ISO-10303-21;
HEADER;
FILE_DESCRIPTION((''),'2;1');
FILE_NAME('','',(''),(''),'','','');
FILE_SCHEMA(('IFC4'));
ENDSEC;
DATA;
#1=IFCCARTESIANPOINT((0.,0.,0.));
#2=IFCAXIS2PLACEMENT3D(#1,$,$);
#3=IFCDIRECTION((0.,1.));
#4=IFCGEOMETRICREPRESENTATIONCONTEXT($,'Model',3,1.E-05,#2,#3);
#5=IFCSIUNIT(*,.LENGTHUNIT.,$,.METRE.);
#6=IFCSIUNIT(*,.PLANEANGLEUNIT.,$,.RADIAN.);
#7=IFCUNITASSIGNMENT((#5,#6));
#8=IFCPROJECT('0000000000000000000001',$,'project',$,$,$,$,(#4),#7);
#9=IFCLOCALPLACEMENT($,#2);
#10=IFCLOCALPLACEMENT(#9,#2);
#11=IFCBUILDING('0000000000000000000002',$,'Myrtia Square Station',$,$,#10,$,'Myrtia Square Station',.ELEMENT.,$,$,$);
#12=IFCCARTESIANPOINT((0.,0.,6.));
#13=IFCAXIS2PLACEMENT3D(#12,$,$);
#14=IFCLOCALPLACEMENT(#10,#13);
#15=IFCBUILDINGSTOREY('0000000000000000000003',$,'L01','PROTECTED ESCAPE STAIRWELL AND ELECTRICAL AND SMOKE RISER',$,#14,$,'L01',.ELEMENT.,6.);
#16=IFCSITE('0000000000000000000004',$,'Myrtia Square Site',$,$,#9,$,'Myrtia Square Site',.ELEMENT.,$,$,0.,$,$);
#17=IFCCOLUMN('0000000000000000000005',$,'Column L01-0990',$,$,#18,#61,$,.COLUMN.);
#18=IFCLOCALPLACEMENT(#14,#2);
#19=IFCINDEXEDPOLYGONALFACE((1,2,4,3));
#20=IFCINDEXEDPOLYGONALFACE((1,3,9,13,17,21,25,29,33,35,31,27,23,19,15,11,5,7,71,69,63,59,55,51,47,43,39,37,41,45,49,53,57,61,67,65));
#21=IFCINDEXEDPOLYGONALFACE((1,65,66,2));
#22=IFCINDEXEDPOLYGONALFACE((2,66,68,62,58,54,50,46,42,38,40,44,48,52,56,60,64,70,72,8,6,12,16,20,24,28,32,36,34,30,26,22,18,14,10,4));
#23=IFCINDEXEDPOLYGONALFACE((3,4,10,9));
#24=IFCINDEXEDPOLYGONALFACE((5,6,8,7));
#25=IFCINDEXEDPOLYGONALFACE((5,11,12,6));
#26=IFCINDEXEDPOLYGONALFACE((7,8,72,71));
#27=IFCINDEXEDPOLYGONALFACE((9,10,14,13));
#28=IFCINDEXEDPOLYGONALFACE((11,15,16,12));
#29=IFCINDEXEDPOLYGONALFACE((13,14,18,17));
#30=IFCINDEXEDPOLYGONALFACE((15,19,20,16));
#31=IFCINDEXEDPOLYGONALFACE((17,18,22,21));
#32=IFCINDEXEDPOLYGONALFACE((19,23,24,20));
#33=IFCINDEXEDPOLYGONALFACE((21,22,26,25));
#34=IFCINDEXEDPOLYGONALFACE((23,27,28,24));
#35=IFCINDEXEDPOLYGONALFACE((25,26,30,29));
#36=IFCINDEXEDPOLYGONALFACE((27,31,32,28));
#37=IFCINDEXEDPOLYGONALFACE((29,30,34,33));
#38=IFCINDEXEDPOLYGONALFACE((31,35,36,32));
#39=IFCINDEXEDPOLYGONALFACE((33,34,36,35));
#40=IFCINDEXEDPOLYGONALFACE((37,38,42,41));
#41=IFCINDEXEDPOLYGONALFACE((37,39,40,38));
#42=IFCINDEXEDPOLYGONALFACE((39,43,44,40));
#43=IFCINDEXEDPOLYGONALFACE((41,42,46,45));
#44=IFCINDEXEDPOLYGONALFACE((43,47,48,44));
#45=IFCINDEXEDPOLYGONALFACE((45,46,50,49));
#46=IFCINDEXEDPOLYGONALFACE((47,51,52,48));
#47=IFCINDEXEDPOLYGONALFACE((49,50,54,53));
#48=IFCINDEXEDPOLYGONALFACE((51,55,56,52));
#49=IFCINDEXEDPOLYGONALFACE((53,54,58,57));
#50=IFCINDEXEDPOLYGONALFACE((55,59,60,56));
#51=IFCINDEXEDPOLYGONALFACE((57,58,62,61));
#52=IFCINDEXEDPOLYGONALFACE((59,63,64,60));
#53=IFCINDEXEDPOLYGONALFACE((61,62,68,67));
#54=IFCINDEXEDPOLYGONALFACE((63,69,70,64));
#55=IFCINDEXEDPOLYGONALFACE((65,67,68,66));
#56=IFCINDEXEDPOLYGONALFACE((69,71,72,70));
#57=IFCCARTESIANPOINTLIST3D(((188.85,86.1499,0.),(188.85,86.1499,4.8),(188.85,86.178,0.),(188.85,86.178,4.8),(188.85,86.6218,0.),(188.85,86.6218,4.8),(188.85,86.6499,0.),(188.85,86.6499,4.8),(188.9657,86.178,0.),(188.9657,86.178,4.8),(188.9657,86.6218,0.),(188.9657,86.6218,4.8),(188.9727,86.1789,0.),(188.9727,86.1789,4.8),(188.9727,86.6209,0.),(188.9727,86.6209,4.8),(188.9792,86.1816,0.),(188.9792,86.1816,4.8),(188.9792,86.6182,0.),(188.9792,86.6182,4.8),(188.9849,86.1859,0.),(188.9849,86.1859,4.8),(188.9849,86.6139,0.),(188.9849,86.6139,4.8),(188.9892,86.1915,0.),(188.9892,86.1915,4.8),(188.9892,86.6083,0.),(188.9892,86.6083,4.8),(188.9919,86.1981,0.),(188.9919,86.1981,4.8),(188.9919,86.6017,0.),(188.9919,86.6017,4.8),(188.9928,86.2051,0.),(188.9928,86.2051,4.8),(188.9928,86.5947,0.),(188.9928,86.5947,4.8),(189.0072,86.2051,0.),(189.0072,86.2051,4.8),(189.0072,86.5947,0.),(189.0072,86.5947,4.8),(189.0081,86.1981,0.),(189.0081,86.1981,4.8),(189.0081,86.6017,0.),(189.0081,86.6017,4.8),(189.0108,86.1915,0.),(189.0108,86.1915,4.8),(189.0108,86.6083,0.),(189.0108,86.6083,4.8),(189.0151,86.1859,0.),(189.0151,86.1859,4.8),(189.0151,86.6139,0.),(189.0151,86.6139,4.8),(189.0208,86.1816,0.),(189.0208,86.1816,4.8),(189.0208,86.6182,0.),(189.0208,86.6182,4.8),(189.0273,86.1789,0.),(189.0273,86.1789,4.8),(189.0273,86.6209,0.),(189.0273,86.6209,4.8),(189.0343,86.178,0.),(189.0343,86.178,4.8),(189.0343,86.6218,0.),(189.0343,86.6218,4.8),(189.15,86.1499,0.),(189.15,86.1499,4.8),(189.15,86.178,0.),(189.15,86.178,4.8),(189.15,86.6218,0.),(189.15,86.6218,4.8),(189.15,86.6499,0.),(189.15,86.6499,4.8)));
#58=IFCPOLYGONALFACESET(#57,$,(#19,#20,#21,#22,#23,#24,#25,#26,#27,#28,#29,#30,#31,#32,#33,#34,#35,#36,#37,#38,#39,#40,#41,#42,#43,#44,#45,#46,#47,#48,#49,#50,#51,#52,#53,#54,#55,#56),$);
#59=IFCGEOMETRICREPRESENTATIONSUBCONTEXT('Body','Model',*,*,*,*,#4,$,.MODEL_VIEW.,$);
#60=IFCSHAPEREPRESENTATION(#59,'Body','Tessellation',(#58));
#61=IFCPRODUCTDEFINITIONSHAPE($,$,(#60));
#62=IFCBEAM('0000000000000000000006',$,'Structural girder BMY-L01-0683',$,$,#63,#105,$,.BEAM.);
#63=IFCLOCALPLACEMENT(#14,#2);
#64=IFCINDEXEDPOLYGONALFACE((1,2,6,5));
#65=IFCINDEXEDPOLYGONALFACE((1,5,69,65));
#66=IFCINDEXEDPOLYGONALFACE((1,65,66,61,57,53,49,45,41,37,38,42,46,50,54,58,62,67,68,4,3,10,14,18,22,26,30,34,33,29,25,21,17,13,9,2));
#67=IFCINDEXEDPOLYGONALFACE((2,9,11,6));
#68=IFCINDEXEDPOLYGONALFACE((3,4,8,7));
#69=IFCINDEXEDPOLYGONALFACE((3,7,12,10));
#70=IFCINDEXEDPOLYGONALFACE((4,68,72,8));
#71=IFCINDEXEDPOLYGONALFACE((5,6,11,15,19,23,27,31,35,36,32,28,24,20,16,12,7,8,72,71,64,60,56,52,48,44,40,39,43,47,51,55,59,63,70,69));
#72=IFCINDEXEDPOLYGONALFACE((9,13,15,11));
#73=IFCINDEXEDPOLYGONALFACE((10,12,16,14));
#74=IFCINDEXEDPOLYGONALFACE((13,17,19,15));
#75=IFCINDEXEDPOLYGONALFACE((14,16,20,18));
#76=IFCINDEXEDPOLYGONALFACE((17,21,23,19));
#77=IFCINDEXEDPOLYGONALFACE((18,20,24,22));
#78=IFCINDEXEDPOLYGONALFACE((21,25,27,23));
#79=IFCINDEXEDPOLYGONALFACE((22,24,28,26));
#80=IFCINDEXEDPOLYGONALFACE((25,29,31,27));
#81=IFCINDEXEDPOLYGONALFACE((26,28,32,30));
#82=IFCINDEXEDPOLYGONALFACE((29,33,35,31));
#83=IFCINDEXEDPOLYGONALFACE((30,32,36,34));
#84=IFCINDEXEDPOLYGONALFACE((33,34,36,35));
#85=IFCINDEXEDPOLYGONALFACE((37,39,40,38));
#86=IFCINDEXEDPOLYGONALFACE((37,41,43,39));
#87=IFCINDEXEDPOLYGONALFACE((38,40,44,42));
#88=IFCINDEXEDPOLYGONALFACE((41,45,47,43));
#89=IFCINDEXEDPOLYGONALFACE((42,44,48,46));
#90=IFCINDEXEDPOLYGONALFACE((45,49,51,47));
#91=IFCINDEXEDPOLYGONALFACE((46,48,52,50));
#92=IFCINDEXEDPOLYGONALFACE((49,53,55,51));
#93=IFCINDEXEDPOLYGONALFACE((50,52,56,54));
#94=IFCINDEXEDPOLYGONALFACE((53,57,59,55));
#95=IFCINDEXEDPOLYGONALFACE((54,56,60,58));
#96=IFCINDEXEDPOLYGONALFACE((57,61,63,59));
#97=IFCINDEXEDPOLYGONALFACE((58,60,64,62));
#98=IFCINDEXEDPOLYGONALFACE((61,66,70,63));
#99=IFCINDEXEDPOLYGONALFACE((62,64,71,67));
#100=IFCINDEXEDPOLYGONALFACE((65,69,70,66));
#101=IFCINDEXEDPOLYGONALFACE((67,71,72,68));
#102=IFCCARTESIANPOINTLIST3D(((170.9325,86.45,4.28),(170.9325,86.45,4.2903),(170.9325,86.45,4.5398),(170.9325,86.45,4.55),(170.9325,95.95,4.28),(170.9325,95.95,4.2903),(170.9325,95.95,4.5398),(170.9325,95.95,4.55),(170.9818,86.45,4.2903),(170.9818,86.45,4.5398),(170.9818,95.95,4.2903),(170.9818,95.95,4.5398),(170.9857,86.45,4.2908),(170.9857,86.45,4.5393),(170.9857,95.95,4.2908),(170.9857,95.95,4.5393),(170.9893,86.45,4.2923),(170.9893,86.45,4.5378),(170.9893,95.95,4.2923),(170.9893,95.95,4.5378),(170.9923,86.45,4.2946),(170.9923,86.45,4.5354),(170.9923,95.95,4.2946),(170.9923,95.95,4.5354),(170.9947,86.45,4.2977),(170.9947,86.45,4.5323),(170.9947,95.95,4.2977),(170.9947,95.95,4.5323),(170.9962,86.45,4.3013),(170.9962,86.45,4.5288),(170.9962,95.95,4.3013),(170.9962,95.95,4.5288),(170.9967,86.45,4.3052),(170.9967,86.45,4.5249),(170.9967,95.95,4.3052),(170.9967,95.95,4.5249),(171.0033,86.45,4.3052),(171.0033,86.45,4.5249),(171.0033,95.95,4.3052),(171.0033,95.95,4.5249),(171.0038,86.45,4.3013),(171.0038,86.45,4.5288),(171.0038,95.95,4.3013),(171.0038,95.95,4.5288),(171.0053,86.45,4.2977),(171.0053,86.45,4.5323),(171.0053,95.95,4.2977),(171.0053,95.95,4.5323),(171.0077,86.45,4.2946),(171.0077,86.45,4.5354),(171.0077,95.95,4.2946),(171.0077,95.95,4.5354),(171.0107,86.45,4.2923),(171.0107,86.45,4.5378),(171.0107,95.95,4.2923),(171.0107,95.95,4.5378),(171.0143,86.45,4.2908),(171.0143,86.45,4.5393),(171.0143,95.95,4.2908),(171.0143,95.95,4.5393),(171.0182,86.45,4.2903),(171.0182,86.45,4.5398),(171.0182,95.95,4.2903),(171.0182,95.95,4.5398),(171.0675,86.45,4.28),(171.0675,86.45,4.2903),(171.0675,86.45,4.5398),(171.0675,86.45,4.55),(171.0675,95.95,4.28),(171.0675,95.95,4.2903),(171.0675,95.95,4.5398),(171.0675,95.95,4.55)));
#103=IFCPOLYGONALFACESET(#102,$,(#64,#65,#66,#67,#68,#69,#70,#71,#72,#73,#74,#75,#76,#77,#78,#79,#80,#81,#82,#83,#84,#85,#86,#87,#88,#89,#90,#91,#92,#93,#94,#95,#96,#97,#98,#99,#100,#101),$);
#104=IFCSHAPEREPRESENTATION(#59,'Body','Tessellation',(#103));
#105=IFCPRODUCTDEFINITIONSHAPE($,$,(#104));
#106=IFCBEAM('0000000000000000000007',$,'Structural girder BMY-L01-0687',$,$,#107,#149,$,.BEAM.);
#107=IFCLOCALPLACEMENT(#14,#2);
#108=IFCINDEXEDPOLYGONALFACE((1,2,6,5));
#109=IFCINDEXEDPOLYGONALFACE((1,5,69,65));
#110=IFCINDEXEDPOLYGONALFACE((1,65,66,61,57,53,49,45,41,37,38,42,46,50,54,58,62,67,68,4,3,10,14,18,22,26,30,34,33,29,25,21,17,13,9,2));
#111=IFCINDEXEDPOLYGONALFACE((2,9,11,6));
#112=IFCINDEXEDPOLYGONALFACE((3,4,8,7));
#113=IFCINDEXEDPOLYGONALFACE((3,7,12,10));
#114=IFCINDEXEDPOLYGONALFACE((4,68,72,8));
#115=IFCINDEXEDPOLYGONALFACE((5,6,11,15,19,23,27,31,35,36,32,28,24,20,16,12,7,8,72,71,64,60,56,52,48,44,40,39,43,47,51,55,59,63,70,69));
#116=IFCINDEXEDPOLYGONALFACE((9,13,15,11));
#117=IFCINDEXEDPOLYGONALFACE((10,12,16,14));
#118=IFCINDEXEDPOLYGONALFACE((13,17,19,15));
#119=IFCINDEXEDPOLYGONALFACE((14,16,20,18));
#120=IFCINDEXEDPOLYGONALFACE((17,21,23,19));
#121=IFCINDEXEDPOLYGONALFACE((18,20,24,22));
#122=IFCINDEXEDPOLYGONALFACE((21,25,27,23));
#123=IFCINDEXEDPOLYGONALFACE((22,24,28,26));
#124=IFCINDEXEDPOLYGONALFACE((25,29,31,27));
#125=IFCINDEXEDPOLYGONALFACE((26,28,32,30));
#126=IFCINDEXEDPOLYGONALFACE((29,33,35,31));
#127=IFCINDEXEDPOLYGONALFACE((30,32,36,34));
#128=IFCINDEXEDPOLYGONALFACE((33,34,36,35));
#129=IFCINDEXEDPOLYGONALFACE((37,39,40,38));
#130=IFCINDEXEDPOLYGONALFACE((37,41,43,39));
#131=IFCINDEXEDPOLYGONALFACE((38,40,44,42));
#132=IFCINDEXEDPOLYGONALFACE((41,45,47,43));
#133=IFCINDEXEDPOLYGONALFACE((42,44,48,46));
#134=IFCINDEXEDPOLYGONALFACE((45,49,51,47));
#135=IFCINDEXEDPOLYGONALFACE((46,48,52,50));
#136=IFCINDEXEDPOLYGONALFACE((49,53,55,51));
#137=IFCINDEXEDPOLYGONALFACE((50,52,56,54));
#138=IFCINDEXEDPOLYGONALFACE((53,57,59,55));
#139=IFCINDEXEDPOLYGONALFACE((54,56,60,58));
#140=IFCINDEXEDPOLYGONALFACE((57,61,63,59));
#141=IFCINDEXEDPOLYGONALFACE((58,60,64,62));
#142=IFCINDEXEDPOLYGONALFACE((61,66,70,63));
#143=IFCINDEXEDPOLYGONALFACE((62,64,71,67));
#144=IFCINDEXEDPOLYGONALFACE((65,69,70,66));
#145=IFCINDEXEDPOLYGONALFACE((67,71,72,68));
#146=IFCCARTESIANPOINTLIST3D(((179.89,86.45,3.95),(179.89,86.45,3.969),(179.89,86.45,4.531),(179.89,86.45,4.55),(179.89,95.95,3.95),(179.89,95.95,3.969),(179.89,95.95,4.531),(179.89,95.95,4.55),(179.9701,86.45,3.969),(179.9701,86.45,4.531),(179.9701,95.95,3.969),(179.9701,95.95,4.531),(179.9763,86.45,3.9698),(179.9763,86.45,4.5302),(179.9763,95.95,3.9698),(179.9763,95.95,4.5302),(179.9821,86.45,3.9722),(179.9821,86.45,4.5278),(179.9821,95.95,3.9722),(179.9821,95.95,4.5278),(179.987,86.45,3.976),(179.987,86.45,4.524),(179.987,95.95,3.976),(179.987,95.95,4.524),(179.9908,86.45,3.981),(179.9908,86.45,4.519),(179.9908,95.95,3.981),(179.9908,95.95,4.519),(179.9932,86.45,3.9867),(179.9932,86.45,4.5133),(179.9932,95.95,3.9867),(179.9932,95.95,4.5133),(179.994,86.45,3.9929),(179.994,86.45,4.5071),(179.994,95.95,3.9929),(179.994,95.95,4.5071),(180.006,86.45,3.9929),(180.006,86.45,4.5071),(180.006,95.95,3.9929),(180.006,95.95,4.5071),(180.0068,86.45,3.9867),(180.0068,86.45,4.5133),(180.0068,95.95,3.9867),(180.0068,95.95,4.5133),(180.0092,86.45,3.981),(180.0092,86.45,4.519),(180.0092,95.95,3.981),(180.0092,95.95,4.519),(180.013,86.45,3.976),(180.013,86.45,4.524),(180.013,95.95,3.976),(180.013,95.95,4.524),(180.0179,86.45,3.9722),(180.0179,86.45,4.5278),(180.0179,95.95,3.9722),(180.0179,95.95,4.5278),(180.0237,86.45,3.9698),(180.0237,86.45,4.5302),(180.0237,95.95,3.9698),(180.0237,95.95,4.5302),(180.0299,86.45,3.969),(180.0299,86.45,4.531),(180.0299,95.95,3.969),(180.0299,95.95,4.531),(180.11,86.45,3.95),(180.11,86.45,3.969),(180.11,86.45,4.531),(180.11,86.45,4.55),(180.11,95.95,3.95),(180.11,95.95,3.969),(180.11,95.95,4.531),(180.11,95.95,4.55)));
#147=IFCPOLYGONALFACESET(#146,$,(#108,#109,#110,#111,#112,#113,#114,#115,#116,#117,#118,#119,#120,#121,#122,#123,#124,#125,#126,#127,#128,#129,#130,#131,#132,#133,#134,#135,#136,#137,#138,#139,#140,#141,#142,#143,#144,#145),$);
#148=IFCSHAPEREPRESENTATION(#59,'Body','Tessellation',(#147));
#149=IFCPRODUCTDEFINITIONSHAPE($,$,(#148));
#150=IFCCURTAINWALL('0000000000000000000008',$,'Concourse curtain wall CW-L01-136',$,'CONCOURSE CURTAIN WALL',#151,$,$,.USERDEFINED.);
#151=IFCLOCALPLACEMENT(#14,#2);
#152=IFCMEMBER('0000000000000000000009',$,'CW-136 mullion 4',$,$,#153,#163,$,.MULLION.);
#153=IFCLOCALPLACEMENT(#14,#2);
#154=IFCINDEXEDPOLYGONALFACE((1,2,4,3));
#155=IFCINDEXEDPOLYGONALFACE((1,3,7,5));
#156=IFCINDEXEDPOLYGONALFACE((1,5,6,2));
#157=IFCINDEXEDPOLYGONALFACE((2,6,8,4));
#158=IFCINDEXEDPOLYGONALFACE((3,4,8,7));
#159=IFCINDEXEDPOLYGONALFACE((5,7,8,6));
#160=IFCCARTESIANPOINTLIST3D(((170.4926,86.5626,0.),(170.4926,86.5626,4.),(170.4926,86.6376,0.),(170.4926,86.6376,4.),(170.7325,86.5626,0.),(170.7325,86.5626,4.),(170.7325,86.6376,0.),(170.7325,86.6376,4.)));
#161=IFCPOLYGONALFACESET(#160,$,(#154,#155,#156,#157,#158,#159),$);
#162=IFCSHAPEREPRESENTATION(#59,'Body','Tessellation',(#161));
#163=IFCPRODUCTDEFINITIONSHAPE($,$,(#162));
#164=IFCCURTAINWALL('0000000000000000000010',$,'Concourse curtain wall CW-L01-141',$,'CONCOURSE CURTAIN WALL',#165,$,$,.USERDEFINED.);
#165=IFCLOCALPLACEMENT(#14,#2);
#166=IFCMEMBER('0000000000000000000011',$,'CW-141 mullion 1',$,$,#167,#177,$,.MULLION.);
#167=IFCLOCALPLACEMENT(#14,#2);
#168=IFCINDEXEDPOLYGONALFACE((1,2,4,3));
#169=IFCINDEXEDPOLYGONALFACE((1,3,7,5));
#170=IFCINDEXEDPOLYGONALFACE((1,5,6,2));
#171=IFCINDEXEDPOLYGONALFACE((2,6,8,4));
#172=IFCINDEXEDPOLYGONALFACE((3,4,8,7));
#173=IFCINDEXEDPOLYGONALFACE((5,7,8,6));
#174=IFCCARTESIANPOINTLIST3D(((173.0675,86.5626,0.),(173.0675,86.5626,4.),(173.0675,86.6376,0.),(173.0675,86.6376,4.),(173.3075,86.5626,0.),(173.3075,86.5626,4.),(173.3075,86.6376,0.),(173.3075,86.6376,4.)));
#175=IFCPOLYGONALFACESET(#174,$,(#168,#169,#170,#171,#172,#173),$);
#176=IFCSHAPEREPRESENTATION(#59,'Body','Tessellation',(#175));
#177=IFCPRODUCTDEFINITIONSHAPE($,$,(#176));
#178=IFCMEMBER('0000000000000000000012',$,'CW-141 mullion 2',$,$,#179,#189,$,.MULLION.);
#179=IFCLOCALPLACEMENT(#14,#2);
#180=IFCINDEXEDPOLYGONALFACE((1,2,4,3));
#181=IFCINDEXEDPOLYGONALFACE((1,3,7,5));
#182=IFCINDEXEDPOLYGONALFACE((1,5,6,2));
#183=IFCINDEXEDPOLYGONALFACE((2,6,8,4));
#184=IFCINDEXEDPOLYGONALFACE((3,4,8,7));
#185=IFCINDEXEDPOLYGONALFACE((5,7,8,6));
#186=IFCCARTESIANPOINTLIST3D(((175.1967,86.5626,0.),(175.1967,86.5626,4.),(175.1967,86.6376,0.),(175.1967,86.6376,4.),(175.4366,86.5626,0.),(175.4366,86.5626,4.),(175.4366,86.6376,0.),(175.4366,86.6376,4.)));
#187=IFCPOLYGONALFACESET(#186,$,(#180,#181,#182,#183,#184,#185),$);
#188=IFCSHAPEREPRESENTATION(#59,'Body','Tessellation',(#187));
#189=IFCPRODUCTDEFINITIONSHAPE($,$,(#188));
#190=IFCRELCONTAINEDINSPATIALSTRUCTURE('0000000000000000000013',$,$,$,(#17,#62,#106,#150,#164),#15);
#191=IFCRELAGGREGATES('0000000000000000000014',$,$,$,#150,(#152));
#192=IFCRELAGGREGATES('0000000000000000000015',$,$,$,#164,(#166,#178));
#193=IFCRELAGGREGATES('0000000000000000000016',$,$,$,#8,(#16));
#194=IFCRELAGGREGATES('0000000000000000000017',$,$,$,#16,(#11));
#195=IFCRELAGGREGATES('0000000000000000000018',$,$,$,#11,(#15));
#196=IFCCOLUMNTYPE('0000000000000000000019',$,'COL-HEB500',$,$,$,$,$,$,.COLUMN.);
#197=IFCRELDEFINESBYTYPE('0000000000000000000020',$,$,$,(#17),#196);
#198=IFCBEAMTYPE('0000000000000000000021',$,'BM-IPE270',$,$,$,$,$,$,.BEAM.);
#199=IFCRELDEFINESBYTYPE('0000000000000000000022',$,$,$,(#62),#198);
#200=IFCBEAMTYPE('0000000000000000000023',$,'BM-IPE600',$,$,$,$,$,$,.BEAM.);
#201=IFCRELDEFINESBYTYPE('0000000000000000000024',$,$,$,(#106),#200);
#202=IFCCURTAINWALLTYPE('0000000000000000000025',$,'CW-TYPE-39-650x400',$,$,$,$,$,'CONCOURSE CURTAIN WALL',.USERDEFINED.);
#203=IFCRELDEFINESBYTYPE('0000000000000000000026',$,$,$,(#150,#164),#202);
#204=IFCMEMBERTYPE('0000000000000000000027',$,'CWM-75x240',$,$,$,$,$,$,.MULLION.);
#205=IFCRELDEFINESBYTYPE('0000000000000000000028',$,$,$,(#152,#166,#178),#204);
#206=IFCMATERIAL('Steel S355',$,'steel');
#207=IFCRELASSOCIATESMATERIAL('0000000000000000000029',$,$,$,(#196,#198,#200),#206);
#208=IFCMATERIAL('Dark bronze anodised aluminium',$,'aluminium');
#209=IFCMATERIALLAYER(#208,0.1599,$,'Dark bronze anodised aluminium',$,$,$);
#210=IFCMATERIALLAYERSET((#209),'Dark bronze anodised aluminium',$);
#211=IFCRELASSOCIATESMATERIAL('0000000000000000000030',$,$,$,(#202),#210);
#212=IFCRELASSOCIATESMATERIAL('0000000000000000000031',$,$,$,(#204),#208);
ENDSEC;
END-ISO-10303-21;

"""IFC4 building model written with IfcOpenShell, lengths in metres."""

from ifc_helpers import new_model, si_unit, direction, frame, origin, origin_2d, place, context, subcontext, project, spatial, rectangle, i_section, extrude, material, layer, layer_set, material_profile, profile_set, type_object, element, aggregate, save


model = new_model("IFC4")

# Units and contexts
model_context = context("Model", 3, precision=1e-05, world=origin(), true_north=direction((0.0, 1.0)))
body_context = subcontext(model_context, "Body", "Model", "MODEL_VIEW")
ifc_project = project(units=[si_unit("LENGTHUNIT", "METRE"), si_unit("PLANEANGLEUNIT", "RADIAN")], contexts=[model_context])

# Site, building, storey
site_placement = place(None, origin())
site = spatial("IfcSite", under=ifc_project, at=site_placement, Name="Myrtia Square Site", LongName="Myrtia Square Site", CompositionType="ELEMENT", RefElevation=0.0)
building_placement = place(site_placement, origin())
building = spatial("IfcBuilding", under=site, at=building_placement, Name="Myrtia Square Station", LongName="Myrtia Square Station", CompositionType="ELEMENT")
storey_placement = place(building_placement, frame((0.0, 0.0, 6.0)))
storey = spatial("IfcBuildingStorey", under=building, at=storey_placement, Name="L01", Description="PROTECTED ESCAPE STAIRWELL AND ELECTRICAL AND SMOKE RISER", LongName="L01", CompositionType="ELEMENT", Elevation=6.0)

# Column
ifc_material_1 = material(Name="Steel S355", Category="steel")
ifc_material_profile_1 = material_profile(ifc_material_1, i_section(OverallWidth=0.3, OverallDepth=0.5, WebThickness=0.0144, FlangeThickness=0.0281, FilletRadius=0.0271, at=origin_2d()), Name="HEB 500")
ifc_profile_set_1 = profile_set([ifc_material_profile_1], Name="Steel S355")
column_type = type_object("IfcColumnType", Name="COL-HEB500", PredefinedType="COLUMN", material=ifc_profile_set_1)
column_placement = place(storey_placement, frame((189.0, 86.3999, 0.0), z_axis=(0.0, 0.0, 1.0), x_axis=(1.0, 0.0, 0.0)))
element("IfcColumn", 1, at=column_placement, inside=storey, type_object=column_type, Name="Column L01-0990", PredefinedType="COLUMN", context=body_context, shape_type="SweptSolid", body=[
    extrude(i_section(OverallWidth=0.3, OverallDepth=0.5, WebThickness=0.0144, FlangeThickness=0.0281, FilletRadius=0.0271, at=origin_2d()), origin(), (0.0, 0.0, 1.0), 4.8),
])

# Beams
ifc_material_profile_2 = material_profile(ifc_material_1, i_section(OverallWidth=0.135, OverallDepth=0.27, WebThickness=0.0066, FlangeThickness=0.0103, FilletRadius=0.0149, at=origin_2d()), Name="IPE 270")
ifc_profile_set_2 = profile_set([ifc_material_profile_2], Name="Steel S355")
beam_type_1 = type_object("IfcBeamType", Name="BM-IPE270", PredefinedType="BEAM", material=ifc_profile_set_2)
beam_1_placement = place(storey_placement, frame((171.0, 86.45, 4.415), z_axis=(0.0, 1.0, 0.0), x_axis=(-1.0, 0.0, 0.0)))
element("IfcBeam", 2, at=beam_1_placement, inside=storey, type_object=beam_type_1, Name="Structural girder BMY-L01-0683", PredefinedType="BEAM", context=body_context, shape_type="SweptSolid", body=[
    extrude(i_section(OverallWidth=0.135, OverallDepth=0.27, WebThickness=0.0066, FlangeThickness=0.0103, FilletRadius=0.0149, at=origin_2d()), origin(), (0.0, 0.0, 1.0), 9.5),
])
ifc_material_profile_3 = material_profile(ifc_material_1, i_section(OverallWidth=0.22, OverallDepth=0.6001, WebThickness=0.012, FlangeThickness=0.019, FilletRadius=0.0239, at=origin_2d()), Name="IPE 600")
ifc_profile_set_3 = profile_set([ifc_material_profile_3], Name="Steel S355")
beam_type_2 = type_object("IfcBeamType", Name="BM-IPE600", PredefinedType="BEAM", material=ifc_profile_set_3)
beam_2_placement = place(storey_placement, frame((180.0, 86.45, 4.25), z_axis=(0.0, 1.0, 0.0), x_axis=(-1.0, 0.0, 0.0)))
element("IfcBeam", 3, at=beam_2_placement, inside=storey, type_object=beam_type_2, Name="Structural girder BMY-L01-0687", PredefinedType="BEAM", context=body_context, shape_type="SweptSolid", body=[
    extrude(i_section(OverallWidth=0.22, OverallDepth=0.6001, WebThickness=0.012, FlangeThickness=0.019, FilletRadius=0.0239, at=origin_2d()), origin(), (0.0, 0.0, 1.0), 9.5),
])

# Curtain wall, member
ifc_material_2 = material(Name="Dark bronze anodised aluminium", Category="aluminium")
ifc_layer_1 = layer(ifc_material_2, 0.1599, Name="Dark bronze anodised aluminium")
ifc_layer_set_1 = layer_set([ifc_layer_1], Name="Dark bronze anodised aluminium")
curtain_wall_type = type_object("IfcCurtainWallType", Name="CW-TYPE-39-650x400", ElementType="CONCOURSE CURTAIN WALL", PredefinedType="USERDEFINED", material=ifc_layer_set_1)
curtain_wall_1_placement = place(storey_placement, origin())
curtain_wall_1 = element("IfcCurtainWall", 4, at=curtain_wall_1_placement, inside=storey, type_object=curtain_wall_type, Name="Concourse curtain wall CW-L01-136", ObjectType="CONCOURSE CURTAIN WALL", PredefinedType="USERDEFINED")
ifc_material_profile_4 = material_profile(ifc_material_2, rectangle(XDim=0.075, YDim=0.24, at=origin_2d()), Name="ALU-M 75x240")
ifc_profile_set_4 = profile_set([ifc_material_profile_4], Name="Dark bronze anodised aluminium")
member_type_1 = type_object("IfcMemberType", Name="CWM-75x240", PredefinedType="MULLION", material=ifc_profile_set_4)
member_1_placement = place(storey_placement, frame((170.6125, 86.6001, 0.0), z_axis=(0.0, 0.0, 1.0), x_axis=(0.0, 1.0, 0.0)))
member_1 = element("IfcMember", 5, at=member_1_placement, type_object=member_type_1, Name="CW-136 mullion 4", PredefinedType="MULLION", context=body_context, shape_type="SweptSolid", body=[
    extrude(rectangle(XDim=0.075, YDim=0.24, at=origin_2d()), origin(), (0.0, 0.0, 1.0), 4.0),
])

# Curtain wall, members
curtain_wall_2_placement = place(storey_placement, origin())
curtain_wall_2 = element("IfcCurtainWall", 6, at=curtain_wall_2_placement, inside=storey, type_object=curtain_wall_type, Name="Concourse curtain wall CW-L01-141", ObjectType="CONCOURSE CURTAIN WALL", PredefinedType="USERDEFINED")
member_2_placement = place(storey_placement, frame((173.1875, 86.6001, 0.0), z_axis=(0.0, 0.0, 1.0), x_axis=(0.0, 1.0, 0.0)))
member_2 = element("IfcMember", 7, at=member_2_placement, type_object=member_type_1, Name="CW-141 mullion 1", PredefinedType="MULLION", context=body_context, shape_type="SweptSolid", body=[
    extrude(rectangle(XDim=0.075, YDim=0.24, at=origin_2d()), origin(), (0.0, 0.0, 1.0), 4.0),
])
member_3_placement = place(storey_placement, frame((175.3167, 86.6001, 0.0), z_axis=(0.0, 0.0, 1.0), x_axis=(0.0, 1.0, 0.0)))
member_3 = element("IfcMember", 8, at=member_3_placement, type_object=member_type_1, Name="CW-141 mullion 2", PredefinedType="MULLION", context=body_context, shape_type="SweptSolid", body=[
    extrude(rectangle(XDim=0.075, YDim=0.24, at=origin_2d()), origin(), (0.0, 0.0, 1.0), 4.0),
])

aggregate(curtain_wall_1, [member_1])
aggregate(curtain_wall_2, [member_2, member_3])

save(model, "model.ifc")
